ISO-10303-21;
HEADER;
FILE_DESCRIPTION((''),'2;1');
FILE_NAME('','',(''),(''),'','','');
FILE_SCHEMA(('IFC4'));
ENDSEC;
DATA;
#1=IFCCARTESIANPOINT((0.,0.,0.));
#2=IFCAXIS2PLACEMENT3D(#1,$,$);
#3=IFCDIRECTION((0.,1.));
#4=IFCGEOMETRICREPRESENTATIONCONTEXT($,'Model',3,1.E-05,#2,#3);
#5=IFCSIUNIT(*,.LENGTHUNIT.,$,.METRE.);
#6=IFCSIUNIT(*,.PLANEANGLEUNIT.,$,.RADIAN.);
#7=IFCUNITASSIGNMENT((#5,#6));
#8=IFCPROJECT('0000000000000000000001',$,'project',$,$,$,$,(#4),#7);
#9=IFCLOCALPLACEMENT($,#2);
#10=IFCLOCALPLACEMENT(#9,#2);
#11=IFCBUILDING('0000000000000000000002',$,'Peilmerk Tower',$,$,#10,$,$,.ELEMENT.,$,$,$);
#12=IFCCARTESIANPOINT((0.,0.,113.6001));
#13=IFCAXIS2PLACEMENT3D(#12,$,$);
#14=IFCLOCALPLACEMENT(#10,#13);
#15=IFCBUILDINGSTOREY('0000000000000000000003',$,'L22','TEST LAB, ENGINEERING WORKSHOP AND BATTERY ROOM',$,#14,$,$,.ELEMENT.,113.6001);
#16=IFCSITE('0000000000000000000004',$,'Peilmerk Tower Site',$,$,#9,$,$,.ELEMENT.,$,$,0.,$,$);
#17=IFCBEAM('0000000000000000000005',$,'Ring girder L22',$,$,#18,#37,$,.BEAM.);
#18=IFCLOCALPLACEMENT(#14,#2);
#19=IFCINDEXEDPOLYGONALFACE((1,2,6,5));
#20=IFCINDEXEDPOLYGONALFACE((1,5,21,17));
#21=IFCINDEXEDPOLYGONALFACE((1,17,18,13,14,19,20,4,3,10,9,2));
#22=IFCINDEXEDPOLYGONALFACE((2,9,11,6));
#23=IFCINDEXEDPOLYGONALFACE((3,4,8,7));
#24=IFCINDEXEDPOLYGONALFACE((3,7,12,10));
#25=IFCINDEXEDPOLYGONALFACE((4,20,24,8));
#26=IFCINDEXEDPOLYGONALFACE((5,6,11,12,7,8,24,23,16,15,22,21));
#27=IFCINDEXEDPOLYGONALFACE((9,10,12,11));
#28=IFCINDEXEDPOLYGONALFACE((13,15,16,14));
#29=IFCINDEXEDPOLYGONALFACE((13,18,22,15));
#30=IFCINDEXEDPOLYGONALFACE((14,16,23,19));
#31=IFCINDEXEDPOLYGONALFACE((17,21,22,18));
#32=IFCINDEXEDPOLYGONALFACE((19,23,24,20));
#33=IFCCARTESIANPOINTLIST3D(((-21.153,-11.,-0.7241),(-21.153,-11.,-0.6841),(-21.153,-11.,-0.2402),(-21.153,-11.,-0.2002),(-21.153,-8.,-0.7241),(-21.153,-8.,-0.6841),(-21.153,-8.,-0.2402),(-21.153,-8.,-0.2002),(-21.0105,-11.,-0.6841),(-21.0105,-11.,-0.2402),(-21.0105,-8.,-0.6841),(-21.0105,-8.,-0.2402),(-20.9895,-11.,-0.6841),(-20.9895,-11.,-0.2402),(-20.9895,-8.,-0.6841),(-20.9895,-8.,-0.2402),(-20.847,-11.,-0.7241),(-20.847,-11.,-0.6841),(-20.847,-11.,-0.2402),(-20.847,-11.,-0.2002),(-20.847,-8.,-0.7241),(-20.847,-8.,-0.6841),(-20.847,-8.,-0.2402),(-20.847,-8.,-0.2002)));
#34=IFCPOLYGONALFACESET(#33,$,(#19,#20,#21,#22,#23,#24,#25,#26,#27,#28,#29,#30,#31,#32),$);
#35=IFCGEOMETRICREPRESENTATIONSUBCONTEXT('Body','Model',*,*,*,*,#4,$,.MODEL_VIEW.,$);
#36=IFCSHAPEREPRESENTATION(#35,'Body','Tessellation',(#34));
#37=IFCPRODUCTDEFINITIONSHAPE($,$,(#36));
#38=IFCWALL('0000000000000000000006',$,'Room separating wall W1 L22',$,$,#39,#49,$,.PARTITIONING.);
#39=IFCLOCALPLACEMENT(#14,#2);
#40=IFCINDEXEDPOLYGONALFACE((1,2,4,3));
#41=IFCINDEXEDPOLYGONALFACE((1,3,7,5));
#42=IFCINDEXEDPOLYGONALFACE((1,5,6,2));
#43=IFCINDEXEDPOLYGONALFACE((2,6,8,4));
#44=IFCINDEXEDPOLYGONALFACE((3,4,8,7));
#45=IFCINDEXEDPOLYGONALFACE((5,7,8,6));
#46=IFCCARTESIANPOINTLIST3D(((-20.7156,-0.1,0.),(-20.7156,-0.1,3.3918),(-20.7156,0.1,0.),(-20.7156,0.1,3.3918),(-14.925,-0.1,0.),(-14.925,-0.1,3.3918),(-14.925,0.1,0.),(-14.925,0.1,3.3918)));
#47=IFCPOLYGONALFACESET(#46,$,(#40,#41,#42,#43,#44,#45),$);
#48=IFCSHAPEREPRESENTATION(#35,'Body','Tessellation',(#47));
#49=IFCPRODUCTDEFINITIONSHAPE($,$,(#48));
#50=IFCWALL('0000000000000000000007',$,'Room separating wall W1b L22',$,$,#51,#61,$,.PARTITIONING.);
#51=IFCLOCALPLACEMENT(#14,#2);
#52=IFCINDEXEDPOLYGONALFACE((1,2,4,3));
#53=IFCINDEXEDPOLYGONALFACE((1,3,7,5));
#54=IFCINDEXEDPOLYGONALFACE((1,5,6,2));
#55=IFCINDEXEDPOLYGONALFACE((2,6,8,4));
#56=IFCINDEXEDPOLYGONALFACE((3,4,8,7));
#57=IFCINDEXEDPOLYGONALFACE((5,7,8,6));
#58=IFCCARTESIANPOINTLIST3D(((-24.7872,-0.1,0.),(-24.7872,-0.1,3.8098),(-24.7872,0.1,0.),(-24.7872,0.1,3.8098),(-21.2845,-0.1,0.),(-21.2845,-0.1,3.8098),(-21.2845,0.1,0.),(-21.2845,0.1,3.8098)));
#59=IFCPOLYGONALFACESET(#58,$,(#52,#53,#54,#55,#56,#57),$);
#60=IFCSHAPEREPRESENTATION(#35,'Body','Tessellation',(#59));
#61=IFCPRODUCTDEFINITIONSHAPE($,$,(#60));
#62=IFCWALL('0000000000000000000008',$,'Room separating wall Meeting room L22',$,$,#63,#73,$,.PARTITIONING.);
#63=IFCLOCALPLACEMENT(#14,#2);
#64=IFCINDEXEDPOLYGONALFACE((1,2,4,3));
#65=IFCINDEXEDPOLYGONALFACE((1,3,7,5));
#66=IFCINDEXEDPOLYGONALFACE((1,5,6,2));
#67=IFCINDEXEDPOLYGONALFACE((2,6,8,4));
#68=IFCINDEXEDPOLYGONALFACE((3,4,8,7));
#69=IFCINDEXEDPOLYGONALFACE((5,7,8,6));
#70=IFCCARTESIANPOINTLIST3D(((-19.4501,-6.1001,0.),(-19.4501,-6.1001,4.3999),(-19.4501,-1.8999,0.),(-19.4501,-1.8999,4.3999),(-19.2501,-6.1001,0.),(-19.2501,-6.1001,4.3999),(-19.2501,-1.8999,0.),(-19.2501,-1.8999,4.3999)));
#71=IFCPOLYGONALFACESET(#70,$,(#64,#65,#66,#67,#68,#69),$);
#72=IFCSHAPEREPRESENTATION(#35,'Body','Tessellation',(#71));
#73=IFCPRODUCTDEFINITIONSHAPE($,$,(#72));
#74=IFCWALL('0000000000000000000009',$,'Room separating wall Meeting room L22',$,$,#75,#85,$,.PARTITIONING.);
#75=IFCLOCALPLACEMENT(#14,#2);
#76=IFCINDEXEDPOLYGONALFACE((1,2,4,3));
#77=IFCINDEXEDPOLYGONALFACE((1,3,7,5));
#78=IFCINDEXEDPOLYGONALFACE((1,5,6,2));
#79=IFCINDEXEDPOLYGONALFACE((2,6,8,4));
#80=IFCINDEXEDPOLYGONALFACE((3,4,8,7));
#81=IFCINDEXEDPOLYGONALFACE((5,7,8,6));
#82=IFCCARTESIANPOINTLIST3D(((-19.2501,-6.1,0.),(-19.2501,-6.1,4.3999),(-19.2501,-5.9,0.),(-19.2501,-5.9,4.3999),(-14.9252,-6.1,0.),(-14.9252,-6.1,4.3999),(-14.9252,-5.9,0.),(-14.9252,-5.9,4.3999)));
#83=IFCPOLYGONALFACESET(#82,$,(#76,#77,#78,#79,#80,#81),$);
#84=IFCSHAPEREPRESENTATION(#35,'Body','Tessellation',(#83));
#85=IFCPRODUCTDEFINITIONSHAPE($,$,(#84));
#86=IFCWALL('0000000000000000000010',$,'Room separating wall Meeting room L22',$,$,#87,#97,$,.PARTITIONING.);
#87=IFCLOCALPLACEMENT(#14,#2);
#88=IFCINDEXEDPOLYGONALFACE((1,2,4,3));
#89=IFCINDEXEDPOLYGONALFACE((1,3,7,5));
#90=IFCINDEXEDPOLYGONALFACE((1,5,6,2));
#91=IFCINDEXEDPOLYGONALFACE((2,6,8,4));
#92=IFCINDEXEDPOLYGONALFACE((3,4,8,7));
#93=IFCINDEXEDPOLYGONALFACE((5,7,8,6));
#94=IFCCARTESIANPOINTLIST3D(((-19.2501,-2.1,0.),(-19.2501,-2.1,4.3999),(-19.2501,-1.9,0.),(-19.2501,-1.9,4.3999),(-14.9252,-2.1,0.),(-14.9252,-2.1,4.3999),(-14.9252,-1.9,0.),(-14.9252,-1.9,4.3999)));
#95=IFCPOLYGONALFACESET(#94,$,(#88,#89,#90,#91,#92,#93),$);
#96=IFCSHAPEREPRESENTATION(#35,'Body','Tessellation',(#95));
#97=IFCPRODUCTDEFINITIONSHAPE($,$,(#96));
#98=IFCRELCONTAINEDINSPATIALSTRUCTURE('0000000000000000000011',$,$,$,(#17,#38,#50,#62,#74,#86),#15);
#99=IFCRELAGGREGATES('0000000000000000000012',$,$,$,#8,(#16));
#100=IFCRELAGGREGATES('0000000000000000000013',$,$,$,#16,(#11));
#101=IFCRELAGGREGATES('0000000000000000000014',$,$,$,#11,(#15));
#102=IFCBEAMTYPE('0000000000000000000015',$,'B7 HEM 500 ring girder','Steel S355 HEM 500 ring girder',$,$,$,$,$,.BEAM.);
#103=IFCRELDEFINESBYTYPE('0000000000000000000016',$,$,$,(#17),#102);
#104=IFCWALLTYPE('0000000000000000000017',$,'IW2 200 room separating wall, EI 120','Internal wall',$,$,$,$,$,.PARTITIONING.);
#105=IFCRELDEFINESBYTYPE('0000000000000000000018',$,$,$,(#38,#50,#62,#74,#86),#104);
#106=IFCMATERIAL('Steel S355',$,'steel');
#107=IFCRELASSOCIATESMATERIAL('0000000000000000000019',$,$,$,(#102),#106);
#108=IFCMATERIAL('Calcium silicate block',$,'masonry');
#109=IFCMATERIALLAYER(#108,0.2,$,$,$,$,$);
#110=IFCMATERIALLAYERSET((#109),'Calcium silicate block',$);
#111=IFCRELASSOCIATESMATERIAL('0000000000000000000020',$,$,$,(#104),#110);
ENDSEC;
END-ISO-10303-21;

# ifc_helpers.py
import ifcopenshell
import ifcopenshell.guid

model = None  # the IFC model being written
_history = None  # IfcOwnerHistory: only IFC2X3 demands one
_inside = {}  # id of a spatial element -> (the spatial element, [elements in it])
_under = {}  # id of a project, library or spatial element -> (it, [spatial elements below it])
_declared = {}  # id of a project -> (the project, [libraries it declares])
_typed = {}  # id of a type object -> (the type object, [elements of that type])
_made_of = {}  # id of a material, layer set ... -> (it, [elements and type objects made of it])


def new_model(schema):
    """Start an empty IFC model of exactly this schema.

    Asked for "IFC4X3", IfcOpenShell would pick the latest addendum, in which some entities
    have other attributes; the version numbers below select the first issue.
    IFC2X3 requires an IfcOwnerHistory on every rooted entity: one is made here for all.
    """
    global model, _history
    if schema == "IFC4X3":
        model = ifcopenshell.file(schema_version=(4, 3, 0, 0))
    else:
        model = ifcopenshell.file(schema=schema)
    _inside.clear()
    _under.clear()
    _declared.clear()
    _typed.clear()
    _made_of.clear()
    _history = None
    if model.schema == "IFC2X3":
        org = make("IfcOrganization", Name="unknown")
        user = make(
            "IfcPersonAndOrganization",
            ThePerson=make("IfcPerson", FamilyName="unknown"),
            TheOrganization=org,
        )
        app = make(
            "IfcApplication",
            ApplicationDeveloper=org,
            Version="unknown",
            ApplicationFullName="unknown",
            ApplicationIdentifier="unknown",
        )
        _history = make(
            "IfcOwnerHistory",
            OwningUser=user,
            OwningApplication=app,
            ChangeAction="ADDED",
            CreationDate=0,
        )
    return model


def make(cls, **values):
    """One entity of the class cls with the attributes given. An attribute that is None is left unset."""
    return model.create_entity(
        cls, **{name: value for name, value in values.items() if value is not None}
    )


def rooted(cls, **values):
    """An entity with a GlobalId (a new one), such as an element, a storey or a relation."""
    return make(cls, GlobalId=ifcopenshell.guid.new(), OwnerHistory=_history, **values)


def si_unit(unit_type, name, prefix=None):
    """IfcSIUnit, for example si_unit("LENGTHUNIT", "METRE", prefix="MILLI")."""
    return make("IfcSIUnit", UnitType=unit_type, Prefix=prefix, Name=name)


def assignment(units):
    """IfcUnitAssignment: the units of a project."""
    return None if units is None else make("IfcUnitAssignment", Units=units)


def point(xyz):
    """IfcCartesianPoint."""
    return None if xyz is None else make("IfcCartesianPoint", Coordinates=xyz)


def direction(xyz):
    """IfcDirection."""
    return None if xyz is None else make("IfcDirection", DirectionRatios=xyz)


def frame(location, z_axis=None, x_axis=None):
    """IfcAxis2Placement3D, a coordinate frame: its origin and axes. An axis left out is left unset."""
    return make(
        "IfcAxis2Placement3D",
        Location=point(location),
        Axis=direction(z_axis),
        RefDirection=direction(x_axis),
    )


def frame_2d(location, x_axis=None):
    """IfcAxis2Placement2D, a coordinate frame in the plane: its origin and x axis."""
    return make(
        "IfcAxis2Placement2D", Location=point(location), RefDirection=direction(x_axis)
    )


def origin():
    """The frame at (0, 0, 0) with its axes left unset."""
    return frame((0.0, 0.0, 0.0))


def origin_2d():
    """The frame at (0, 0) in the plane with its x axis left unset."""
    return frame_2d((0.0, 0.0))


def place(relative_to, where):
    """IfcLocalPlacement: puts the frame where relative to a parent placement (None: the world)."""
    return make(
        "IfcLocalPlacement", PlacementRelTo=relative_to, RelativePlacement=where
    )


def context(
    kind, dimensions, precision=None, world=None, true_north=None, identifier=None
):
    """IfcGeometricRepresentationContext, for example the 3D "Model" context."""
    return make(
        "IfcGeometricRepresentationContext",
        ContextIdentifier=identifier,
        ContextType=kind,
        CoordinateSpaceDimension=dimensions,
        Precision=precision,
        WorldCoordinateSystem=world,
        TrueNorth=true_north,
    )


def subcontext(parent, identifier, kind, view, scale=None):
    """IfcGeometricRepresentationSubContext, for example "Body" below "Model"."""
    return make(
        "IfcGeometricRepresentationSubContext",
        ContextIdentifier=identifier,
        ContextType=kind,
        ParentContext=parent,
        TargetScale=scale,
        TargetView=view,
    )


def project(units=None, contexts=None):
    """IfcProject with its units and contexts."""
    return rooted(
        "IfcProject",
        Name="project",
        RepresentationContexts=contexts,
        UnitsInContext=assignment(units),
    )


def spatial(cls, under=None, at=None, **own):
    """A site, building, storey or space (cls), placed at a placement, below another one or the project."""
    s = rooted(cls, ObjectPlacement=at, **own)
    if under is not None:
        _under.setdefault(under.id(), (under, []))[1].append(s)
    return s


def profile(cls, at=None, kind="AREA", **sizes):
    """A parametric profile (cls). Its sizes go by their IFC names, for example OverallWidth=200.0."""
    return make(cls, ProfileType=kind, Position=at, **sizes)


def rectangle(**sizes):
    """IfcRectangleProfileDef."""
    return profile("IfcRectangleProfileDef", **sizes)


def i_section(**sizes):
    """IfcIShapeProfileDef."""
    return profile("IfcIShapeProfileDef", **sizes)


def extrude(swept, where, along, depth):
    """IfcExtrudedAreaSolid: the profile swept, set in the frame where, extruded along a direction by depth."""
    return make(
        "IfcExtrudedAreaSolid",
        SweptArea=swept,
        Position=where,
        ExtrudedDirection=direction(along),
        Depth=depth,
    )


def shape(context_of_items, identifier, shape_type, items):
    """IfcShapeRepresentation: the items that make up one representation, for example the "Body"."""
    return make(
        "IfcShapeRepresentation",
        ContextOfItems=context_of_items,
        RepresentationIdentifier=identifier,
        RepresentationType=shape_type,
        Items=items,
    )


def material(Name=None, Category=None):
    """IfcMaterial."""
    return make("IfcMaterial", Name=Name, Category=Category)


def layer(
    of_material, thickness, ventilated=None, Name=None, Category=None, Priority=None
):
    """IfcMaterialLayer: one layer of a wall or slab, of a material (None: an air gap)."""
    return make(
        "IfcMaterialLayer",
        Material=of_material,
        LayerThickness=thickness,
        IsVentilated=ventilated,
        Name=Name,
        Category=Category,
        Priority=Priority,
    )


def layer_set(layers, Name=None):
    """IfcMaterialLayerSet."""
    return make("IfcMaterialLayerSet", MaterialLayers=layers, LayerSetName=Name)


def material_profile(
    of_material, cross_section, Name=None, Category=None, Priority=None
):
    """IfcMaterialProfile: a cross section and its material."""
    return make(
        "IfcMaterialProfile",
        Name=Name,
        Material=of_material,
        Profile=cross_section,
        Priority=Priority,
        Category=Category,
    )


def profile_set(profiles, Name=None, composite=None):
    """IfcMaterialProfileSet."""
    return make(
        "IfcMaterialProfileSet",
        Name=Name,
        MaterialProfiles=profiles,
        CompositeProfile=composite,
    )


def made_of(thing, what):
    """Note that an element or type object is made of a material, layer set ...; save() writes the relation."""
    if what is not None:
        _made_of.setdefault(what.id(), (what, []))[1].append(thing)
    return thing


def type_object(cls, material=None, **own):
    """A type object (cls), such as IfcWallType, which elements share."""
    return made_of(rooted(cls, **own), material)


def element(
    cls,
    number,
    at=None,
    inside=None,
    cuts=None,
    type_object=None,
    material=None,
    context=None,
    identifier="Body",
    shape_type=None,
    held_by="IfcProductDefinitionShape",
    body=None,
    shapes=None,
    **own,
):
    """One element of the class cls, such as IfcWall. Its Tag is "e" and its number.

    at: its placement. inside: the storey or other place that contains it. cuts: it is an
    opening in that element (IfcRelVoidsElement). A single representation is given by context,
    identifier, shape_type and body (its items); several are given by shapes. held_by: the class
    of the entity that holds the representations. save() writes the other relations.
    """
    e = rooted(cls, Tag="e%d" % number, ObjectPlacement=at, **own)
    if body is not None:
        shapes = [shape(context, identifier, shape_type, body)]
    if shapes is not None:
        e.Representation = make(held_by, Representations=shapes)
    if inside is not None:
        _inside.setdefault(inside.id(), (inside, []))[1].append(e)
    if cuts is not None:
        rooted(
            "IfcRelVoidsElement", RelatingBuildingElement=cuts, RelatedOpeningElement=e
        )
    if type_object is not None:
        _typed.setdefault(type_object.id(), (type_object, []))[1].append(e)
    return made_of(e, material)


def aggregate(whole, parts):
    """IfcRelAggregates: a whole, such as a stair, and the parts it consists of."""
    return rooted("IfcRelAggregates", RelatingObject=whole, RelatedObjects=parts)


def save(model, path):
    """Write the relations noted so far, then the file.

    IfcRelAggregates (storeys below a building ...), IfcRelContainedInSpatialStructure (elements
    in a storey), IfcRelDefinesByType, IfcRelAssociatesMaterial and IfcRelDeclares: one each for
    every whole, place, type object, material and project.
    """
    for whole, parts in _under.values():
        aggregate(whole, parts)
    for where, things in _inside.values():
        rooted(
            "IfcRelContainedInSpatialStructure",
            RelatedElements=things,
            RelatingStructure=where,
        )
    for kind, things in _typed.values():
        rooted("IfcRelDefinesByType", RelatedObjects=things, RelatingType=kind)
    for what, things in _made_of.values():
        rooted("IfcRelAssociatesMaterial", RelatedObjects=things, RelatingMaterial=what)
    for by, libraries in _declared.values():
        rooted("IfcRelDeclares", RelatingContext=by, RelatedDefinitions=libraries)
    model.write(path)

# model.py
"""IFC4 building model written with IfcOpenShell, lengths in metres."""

from ifc_helpers import new_model, si_unit, direction, frame, frame_2d, origin, origin_2d, place, context, subcontext, project, spatial, rectangle, i_section, extrude, material, layer, layer_set, material_profile, profile_set, type_object, element, save


model = new_model("IFC4")

# Units and contexts
model_context = context("Model", 3, precision=1e-05, world=origin(), true_north=direction((0.0, 1.0)))
body_context = subcontext(model_context, "Body", "Model", "MODEL_VIEW")
ifc_project = project(units=[si_unit("LENGTHUNIT", "METRE"), si_unit("PLANEANGLEUNIT", "RADIAN")], contexts=[model_context])

# Site, building, storey
site_placement = place(None, origin())
site = spatial("IfcSite", under=ifc_project, at=site_placement, Name="Peilmerk Tower Site", CompositionType="ELEMENT", RefElevation=0.0)
building_placement = place(site_placement, origin())
building = spatial("IfcBuilding", under=site, at=building_placement, Name="Peilmerk Tower", CompositionType="ELEMENT")
storey_placement = place(building_placement, frame((0.0, 0.0, 113.6001)))
storey = spatial("IfcBuildingStorey", under=building, at=storey_placement, Name="L22", Description="TEST LAB, ENGINEERING WORKSHOP AND BATTERY ROOM", CompositionType="ELEMENT", Elevation=113.6001)

# Beam
ifc_material_1 = material(Name="Steel S355", Category="steel")
ifc_material_profile_1 = material_profile(ifc_material_1, i_section(OverallWidth=0.3059, OverallDepth=0.5239, WebThickness=0.021, FlangeThickness=0.04, at=origin_2d()), Name="HEM 500")
ifc_profile_set_1 = profile_set([ifc_material_profile_1], Name="Steel S355")
beam_type_1 = type_object("IfcBeamType", Name="B7 HEM 500 ring girder", Description="Steel S355 HEM 500 ring girder", PredefinedType="BEAM", material=ifc_profile_set_1)
beam_1_placement = place(storey_placement, frame((-21.0, -8.0, -0.4622), z_axis=(0.0, -1.0, 0.0), x_axis=(1.0, 0.0, 0.0)))
element("IfcBeam", 1, at=beam_1_placement, inside=storey, type_object=beam_type_1, Name="Ring girder L22", PredefinedType="BEAM", context=body_context, shape_type="SweptSolid", body=[
    extrude(i_section(OverallWidth=0.3059, OverallDepth=0.5239, WebThickness=0.021, FlangeThickness=0.04, at=origin_2d()), origin(), (0.0, 0.0, 1.0), 3.0),
])

# Walls
ifc_material_2 = material(Name="Calcium silicate block", Category="masonry")
ifc_layer = layer(ifc_material_2, 0.2)
ifc_layer_set = layer_set([ifc_layer], Name="Calcium silicate block")
wall_type = type_object("IfcWallType", Name="IW2 200 room separating wall, EI 120", Description="Internal wall", PredefinedType="PARTITIONING", material=ifc_layer_set)
wall_1_placement = place(storey_placement, frame((-14.925, 0.0, 0.0), z_axis=(0.0, 0.0, 1.0), x_axis=(-1.0, 0.0, 0.0)))
element("IfcWall", 2, at=wall_1_placement, inside=storey, type_object=wall_type, Name="Room separating wall W1 L22", PredefinedType="PARTITIONING", context=body_context, shape_type="SweptSolid", body=[
    extrude(rectangle(XDim=5.7905, YDim=0.2, at=frame_2d((2.8953, 0.0))), origin(), (0.0, 0.0, 1.0), 3.3918),
])
wall_2_placement = place(storey_placement, frame((-21.2844, 0.0, 0.0), z_axis=(0.0, 0.0, 1.0), x_axis=(-1.0, 0.0, 0.0)))
element("IfcWall", 3, at=wall_2_placement, inside=storey, type_object=wall_type, Name="Room separating wall W1b L22", PredefinedType="PARTITIONING", context=body_context, shape_type="SweptSolid", body=[
    extrude(rectangle(XDim=3.5027, YDim=0.2, at=frame_2d((1.7515, 0.0))), origin(), (0.0, 0.0, 1.0), 3.8098),
])
wall_3_placement = place(storey_placement, frame((-19.3501, -6.1001, 0.0), z_axis=(0.0, 0.0, 1.0), x_axis=(0.0, 1.0, 0.0)))
element("IfcWall", 4, at=wall_3_placement, inside=storey, type_object=wall_type, Name="Room separating wall Meeting room L22", PredefinedType="PARTITIONING", context=body_context, shape_type="SweptSolid", body=[
    extrude(rectangle(XDim=4.2002, YDim=0.2, at=frame_2d((2.1001, 0.0))), origin(), (0.0, 0.0, 1.0), 4.3999),
])
for number, where, z_axis, x_axis, name in (
    (5, (-14.925, -6.0, 0.0), (0.0, 0.0, 1.0), (-1.0, 0.0, 0.0), "Room separating wall Meeting room L22"),
    (6, (-14.925, -2.0, 0.0), (0.0, 0.0, 1.0), (-1.0, 0.0, 0.0), "Room separating wall Meeting room L22"),
):
    element("IfcWall", number, at=place(storey_placement, frame(where, z_axis=z_axis, x_axis=x_axis)), inside=storey, type_object=wall_type, Name=name, PredefinedType="PARTITIONING", context=body_context, shape_type="SweptSolid", body=[
        extrude(rectangle(XDim=4.325, YDim=0.2, at=frame_2d((2.1626, 0.0))), origin(), (0.0, 0.0, 1.0), 4.3999),
    ])

save(model, "model.ifc")
